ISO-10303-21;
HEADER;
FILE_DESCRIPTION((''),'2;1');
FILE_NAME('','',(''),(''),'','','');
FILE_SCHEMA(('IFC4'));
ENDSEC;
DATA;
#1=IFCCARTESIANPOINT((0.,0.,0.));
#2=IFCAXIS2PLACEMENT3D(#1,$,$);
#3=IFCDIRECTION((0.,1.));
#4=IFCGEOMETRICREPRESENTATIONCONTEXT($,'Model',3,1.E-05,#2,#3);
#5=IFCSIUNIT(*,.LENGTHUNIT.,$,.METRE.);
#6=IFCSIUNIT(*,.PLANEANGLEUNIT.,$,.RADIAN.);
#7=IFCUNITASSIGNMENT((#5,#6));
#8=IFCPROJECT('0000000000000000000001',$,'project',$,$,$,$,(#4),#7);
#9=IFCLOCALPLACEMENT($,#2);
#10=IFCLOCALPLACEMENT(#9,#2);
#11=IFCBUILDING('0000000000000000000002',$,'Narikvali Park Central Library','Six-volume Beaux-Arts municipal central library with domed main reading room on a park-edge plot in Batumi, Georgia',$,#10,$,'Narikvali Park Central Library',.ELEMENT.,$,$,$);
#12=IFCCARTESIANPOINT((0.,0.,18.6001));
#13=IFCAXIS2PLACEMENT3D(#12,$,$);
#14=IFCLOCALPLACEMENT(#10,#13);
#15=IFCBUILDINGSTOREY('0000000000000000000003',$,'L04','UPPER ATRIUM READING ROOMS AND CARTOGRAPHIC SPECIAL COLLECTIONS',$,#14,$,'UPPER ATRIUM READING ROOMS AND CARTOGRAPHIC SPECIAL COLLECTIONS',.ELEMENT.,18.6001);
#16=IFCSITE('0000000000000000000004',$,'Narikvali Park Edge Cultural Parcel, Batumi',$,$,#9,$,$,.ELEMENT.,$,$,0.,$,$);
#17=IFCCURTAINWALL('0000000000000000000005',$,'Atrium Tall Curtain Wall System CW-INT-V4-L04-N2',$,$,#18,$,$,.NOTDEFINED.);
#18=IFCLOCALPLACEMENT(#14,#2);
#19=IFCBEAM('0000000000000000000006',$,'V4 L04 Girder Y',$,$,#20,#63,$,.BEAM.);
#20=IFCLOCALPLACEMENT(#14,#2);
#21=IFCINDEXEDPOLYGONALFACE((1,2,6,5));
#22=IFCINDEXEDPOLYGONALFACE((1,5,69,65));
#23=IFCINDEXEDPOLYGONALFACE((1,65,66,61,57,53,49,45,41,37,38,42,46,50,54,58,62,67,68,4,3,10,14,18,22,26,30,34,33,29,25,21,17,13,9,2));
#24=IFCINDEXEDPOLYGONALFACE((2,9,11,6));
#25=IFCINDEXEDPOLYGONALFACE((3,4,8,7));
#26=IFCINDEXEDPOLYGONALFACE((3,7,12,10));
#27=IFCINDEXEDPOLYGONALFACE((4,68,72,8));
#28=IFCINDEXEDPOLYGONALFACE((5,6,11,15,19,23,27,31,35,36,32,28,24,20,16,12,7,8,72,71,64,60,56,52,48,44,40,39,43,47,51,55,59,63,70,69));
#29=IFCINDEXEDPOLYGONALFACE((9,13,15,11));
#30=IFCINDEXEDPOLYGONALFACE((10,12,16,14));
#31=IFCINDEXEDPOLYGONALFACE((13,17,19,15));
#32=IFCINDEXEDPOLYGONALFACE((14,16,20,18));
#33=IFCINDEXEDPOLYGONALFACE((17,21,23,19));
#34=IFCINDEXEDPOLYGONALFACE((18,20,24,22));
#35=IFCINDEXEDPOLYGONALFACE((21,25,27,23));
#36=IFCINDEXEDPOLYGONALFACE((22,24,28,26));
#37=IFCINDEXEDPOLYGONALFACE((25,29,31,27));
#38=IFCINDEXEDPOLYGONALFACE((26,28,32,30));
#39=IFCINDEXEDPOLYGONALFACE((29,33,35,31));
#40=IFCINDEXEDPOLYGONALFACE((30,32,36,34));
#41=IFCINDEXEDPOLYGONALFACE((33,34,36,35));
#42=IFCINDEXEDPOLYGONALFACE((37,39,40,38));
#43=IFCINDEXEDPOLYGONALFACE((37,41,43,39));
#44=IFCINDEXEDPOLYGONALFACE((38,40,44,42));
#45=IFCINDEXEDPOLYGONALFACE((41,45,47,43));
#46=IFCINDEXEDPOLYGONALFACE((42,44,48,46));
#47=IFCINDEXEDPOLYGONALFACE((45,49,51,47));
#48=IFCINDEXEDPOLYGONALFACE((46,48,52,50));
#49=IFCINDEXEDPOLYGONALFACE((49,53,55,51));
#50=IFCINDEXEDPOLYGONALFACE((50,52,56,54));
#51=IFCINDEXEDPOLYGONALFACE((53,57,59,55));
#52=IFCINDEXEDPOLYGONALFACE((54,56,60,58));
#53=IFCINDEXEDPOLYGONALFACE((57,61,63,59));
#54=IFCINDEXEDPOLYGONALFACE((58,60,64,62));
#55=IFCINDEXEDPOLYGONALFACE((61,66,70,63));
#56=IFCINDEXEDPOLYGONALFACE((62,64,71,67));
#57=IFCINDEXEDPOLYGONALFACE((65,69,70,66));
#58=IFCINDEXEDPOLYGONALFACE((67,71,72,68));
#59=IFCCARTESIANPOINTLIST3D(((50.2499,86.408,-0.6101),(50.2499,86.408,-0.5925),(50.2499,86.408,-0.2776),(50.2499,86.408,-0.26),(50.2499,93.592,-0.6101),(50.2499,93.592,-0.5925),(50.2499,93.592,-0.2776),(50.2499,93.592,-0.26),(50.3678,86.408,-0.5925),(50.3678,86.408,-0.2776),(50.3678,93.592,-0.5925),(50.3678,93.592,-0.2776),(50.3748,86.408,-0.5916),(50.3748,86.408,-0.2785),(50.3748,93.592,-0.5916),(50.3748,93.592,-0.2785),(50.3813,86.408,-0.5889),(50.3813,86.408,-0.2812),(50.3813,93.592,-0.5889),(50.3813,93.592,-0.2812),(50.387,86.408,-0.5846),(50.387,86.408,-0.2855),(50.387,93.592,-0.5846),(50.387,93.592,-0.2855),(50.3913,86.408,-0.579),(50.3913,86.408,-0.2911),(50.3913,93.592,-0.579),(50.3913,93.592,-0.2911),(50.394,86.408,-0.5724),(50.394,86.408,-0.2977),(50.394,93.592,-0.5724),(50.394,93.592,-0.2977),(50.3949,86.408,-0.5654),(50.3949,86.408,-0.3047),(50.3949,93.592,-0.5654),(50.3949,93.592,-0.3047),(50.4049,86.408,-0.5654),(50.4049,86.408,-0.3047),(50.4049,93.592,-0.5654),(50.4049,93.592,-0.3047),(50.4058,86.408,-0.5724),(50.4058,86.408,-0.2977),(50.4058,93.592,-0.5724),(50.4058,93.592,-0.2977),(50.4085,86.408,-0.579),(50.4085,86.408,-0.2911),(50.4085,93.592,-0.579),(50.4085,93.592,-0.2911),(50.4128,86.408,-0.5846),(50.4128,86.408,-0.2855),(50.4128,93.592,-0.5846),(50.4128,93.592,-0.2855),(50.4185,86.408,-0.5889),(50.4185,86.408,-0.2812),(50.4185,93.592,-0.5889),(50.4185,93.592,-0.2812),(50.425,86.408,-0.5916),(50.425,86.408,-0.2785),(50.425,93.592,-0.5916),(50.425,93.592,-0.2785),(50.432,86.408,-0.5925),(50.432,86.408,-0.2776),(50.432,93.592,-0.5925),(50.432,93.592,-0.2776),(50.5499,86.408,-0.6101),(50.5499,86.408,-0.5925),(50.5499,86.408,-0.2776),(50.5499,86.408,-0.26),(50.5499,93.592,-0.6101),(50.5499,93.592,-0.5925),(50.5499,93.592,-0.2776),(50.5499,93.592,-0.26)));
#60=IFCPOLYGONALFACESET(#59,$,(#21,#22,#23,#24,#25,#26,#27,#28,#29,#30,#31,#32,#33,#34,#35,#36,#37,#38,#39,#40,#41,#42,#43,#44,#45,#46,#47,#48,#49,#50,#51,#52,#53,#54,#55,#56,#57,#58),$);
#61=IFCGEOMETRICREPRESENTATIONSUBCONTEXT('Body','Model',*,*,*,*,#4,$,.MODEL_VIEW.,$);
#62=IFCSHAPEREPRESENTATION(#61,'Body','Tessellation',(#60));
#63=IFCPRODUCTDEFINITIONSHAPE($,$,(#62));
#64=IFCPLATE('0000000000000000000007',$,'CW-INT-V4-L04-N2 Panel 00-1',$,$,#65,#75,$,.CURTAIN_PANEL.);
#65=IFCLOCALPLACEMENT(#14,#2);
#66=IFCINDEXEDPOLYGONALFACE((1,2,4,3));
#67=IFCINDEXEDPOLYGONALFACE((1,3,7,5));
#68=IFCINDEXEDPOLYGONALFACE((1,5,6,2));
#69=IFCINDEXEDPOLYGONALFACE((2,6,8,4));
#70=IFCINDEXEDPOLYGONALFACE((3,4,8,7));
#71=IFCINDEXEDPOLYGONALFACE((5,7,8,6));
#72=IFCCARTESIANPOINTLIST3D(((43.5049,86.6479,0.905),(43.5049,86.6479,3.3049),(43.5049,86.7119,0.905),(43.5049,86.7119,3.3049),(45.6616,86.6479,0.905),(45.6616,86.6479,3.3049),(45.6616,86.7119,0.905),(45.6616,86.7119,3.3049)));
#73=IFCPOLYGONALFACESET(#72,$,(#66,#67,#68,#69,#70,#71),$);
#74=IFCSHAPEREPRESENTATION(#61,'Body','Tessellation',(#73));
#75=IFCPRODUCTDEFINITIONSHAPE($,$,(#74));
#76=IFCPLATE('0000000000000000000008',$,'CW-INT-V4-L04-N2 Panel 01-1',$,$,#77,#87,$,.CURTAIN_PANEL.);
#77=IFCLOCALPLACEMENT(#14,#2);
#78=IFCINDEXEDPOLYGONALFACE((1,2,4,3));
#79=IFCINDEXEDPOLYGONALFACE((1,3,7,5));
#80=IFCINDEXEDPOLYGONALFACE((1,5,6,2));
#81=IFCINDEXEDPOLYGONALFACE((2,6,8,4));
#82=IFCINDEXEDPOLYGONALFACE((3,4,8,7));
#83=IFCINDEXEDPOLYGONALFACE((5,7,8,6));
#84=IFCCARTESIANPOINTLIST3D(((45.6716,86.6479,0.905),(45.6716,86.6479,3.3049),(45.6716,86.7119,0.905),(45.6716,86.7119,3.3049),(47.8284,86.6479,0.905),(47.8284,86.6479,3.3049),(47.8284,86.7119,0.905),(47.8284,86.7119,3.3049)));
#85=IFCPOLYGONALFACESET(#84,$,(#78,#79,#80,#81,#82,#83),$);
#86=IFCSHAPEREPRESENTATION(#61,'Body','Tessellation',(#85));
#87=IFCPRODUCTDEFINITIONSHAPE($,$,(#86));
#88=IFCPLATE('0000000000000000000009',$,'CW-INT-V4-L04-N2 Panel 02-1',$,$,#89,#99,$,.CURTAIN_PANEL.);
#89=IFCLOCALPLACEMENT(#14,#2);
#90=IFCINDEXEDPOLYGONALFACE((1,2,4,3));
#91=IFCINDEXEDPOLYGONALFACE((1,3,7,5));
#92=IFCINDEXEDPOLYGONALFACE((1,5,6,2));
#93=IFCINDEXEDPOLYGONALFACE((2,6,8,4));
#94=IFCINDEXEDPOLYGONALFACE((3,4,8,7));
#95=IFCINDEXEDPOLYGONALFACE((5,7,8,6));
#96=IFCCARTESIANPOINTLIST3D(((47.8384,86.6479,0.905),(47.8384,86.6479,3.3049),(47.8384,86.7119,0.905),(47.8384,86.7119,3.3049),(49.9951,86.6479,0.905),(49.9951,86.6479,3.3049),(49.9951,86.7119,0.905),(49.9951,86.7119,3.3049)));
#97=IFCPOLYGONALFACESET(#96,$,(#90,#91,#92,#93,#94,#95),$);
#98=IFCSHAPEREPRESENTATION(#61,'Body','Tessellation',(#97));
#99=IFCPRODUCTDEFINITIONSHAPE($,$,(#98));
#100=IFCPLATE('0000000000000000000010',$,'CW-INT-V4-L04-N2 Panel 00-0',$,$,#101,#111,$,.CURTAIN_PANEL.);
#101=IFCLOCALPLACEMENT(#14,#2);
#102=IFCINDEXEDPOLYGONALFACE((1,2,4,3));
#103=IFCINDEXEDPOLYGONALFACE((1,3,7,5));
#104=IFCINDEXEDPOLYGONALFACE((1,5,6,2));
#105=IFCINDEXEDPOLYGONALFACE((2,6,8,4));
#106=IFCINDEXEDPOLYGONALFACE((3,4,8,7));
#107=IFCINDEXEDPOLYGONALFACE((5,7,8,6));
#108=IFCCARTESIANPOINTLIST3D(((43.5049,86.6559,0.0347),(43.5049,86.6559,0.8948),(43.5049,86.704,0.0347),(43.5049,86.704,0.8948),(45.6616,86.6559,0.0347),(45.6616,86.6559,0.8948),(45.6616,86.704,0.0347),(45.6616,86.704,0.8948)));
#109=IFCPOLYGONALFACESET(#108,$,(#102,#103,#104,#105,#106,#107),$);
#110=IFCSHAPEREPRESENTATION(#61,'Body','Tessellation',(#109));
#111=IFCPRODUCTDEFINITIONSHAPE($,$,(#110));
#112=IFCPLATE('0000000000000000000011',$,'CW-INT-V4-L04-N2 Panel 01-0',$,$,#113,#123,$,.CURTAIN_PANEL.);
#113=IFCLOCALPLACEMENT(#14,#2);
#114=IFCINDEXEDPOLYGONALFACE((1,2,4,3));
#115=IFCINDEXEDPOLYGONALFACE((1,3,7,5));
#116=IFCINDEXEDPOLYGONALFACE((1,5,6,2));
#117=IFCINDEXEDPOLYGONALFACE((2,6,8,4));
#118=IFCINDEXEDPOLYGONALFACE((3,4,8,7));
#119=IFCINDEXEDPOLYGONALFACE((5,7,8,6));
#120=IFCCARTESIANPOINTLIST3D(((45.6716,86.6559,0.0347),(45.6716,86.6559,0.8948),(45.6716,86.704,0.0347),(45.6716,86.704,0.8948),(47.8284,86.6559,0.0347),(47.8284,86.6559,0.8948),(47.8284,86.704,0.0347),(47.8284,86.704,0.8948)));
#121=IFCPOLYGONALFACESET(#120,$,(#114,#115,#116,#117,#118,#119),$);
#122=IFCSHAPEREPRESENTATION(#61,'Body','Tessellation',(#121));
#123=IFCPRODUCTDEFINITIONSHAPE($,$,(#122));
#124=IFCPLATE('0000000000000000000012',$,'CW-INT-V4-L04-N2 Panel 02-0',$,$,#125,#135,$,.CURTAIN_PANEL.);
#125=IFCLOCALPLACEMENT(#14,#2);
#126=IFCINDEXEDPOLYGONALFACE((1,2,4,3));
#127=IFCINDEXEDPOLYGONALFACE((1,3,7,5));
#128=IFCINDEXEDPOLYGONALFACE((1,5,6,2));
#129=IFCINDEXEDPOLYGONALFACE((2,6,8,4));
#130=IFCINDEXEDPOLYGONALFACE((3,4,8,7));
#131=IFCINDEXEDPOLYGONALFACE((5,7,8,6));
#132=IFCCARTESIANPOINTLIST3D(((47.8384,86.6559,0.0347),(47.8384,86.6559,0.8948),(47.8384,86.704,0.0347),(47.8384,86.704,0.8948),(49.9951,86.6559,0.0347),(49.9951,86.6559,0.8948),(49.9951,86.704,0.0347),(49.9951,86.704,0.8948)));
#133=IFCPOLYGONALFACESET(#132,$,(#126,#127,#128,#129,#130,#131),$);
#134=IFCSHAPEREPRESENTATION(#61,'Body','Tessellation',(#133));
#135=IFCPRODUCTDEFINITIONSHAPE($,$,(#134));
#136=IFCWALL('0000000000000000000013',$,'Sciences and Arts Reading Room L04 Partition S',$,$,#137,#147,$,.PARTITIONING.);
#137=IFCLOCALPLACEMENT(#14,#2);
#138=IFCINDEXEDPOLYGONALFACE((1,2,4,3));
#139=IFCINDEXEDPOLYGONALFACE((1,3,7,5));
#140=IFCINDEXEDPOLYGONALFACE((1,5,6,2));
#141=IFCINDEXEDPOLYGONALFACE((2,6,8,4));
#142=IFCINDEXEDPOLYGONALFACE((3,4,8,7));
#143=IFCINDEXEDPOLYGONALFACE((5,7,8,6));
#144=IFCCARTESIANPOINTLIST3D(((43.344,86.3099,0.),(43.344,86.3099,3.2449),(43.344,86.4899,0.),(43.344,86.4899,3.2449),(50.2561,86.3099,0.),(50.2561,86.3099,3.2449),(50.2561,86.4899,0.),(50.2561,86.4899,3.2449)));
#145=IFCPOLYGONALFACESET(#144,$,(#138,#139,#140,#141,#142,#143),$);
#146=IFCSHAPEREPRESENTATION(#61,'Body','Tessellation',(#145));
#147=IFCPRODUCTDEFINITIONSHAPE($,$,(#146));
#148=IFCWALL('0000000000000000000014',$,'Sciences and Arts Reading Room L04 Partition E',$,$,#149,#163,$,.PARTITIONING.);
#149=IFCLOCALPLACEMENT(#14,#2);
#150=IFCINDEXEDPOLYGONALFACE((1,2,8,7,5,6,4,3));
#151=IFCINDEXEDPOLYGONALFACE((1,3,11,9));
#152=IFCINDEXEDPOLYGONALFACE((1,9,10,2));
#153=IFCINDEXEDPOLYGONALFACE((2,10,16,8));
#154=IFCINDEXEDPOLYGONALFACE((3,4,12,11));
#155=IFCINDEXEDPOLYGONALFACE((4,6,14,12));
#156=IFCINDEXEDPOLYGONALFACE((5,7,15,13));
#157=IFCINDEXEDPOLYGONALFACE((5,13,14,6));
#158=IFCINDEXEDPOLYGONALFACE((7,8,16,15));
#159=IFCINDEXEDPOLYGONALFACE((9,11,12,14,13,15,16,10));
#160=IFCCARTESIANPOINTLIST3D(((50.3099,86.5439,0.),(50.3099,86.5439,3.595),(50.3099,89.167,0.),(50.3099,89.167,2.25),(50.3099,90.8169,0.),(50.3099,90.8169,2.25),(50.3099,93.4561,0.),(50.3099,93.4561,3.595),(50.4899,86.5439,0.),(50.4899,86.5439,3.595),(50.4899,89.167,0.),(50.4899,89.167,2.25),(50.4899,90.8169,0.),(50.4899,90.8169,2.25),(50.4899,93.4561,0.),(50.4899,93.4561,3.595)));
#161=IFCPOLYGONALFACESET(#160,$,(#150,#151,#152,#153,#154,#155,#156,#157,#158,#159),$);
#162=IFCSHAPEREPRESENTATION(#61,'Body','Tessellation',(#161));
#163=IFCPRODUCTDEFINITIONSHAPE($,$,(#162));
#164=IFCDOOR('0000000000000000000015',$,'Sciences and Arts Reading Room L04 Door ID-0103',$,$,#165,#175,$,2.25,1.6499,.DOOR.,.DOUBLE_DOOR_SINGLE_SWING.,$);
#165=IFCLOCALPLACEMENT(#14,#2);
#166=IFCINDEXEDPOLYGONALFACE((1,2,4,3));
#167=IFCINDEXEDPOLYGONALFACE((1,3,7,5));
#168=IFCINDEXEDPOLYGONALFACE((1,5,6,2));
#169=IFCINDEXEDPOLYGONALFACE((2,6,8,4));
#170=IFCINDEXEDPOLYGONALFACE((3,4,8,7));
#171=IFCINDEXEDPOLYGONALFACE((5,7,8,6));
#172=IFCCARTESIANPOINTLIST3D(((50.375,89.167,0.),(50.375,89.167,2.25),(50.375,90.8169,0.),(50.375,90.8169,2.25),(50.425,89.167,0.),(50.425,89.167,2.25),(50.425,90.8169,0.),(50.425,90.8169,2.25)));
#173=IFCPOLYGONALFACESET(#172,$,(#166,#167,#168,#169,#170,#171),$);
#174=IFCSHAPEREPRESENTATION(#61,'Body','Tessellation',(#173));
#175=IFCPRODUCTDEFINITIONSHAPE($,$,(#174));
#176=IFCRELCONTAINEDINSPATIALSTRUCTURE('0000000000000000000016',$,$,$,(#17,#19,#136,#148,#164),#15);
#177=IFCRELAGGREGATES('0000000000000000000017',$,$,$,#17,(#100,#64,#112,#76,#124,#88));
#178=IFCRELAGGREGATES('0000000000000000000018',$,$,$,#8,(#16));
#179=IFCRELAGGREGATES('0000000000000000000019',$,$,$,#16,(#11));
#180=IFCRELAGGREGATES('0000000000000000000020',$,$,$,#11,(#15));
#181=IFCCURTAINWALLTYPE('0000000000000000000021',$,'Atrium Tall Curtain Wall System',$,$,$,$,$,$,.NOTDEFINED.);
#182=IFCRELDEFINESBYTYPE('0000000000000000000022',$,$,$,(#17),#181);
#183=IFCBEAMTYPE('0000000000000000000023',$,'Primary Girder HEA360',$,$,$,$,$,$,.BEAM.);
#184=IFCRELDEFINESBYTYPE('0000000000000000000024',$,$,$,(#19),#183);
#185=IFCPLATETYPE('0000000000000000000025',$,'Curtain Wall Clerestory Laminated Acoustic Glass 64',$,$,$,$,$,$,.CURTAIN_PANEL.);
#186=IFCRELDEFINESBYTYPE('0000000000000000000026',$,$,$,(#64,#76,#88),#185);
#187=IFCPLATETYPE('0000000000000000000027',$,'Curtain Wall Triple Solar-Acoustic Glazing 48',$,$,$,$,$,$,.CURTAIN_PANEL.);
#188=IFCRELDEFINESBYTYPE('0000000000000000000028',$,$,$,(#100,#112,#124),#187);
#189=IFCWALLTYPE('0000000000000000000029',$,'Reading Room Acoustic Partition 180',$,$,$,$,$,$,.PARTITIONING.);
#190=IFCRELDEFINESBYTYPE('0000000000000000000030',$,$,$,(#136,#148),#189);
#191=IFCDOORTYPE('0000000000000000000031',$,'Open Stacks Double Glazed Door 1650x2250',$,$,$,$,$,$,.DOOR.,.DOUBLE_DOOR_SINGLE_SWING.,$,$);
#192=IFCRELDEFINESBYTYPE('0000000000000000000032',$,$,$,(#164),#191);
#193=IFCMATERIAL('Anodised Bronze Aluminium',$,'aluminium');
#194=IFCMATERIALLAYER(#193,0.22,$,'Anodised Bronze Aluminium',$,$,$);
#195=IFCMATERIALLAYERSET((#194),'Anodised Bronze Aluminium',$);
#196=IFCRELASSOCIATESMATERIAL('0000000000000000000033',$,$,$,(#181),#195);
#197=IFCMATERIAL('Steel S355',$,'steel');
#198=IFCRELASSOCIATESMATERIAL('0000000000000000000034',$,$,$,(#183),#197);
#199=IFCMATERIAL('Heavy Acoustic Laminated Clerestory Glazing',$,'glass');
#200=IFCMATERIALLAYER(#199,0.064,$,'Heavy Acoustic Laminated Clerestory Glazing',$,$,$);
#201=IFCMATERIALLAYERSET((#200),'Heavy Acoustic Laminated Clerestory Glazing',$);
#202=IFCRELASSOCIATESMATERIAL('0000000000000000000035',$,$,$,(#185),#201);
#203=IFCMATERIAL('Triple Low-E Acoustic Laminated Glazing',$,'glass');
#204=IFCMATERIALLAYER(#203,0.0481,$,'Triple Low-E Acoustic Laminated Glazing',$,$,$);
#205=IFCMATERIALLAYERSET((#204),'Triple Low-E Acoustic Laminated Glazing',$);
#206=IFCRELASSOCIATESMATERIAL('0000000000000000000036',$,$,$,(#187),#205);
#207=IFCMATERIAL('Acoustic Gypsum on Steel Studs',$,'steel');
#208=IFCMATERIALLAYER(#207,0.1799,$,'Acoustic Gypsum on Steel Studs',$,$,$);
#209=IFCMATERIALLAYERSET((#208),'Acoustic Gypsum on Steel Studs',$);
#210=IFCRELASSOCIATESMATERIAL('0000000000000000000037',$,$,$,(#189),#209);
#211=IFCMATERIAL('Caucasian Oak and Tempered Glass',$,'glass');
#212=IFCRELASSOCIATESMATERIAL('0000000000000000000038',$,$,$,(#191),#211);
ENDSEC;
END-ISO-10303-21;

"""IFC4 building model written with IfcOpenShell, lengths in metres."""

from ifc_helpers import new_model, si_unit, direction, frame, frame_2d, origin, origin_2d, place, context, subcontext, project, spatial, rectangle, i_section, extrude, material, layer, layer_set, material_profile, profile_set, type_object, element, fill, aggregate, save


model = new_model("IFC4")

# Units and contexts
model_context = context("Model", 3, precision=1e-05, world=origin(), true_north=direction((0.0, 1.0)))
body_context = subcontext(model_context, "Body", "Model", "MODEL_VIEW")
ifc_project = project(units=[si_unit("LENGTHUNIT", "METRE"), si_unit("PLANEANGLEUNIT", "RADIAN")], contexts=[model_context])

# Site, building, storey
site_placement = place(None, origin())
site = spatial("IfcSite", under=ifc_project, at=site_placement, Name="Narikvali Park Edge Cultural Parcel, Batumi", CompositionType="ELEMENT", RefElevation=0.0)
building_placement = place(site_placement, origin())
building = spatial("IfcBuilding", under=site, at=building_placement, Name="Narikvali Park Central Library", Description="Six-volume Beaux-Arts municipal central library with domed main reading room on a park-edge plot in Batumi, Georgia", LongName="Narikvali Park Central Library", CompositionType="ELEMENT")
storey_placement = place(building_placement, frame((0.0, 0.0, 18.6001)))
storey = spatial("IfcBuildingStorey", under=building, at=storey_placement, Name="L04", Description="UPPER ATRIUM READING ROOMS AND CARTOGRAPHIC SPECIAL COLLECTIONS", LongName="UPPER ATRIUM READING ROOMS AND CARTOGRAPHIC SPECIAL COLLECTIONS", CompositionType="ELEMENT", Elevation=18.6001)

# Shared definitions
ifc_material_1 = material(Name="Steel S355", Category="steel")

# Curtain wall
ifc_material_2 = material(Name="Anodised Bronze Aluminium", Category="aluminium")
ifc_layer_1 = layer(ifc_material_2, 0.22, Name="Anodised Bronze Aluminium")
ifc_layer_set_1 = layer_set([ifc_layer_1], Name="Anodised Bronze Aluminium")
curtain_wall_type = type_object("IfcCurtainWallType", Name="Atrium Tall Curtain Wall System", PredefinedType="NOTDEFINED", material=ifc_layer_set_1)
curtain_wall_1_placement = place(storey_placement, origin())
curtain_wall_1 = element("IfcCurtainWall", 1, at=curtain_wall_1_placement, inside=storey, type_object=curtain_wall_type, Name="Atrium Tall Curtain Wall System CW-INT-V4-L04-N2", PredefinedType="NOTDEFINED")

# Beam
ifc_material_profile_1 = material_profile(ifc_material_1, i_section(OverallWidth=0.3, OverallDepth=0.3501, WebThickness=0.01, FlangeThickness=0.0176, FilletRadius=0.0271, at=origin_2d()), Name="HEA 360")
ifc_profile_set_1 = profile_set([ifc_material_profile_1], Name="Steel S355")
beam_type_1 = type_object("IfcBeamType", Name="Primary Girder HEA360", PredefinedType="BEAM", material=ifc_profile_set_1)
for number, where, z_axis, x_axis, name in (
    (2, (50.3999, 86.408, -0.4351), (0.0, 1.0, 0.0), (-1.0, 0.0, 0.0), "V4 L04 Girder Y"),
):
    element("IfcBeam", number, at=place(storey_placement, frame(where, z_axis=z_axis, x_axis=x_axis)), inside=storey, type_object=beam_type_1, Name=name, PredefinedType="BEAM", context=body_context, shape_type="SweptSolid", body=[
        extrude(i_section(OverallWidth=0.3, OverallDepth=0.3501, WebThickness=0.01, FlangeThickness=0.0176, FilletRadius=0.0271, at=origin_2d()), origin(), (0.0, 0.0, 1.0), 7.1841),
    ])

# Plates
ifc_material_3 = material(Name="Heavy Acoustic Laminated Clerestory Glazing", Category="glass")
ifc_layer_2 = layer(ifc_material_3, 0.064, Name="Heavy Acoustic Laminated Clerestory Glazing")
ifc_layer_set_2 = layer_set([ifc_layer_2], Name="Heavy Acoustic Laminated Clerestory Glazing")
plate_type_1 = type_object("IfcPlateType", Name="Curtain Wall Clerestory Laminated Acoustic Glass 64", PredefinedType="CURTAIN_PANEL", material=ifc_layer_set_2)
plate_1_placement = place(storey_placement, frame((44.5833, 86.6799, 0.905), z_axis=(0.0, 0.0, 1.0), x_axis=(1.0, 0.0, 0.0)))
plate_1 = element("IfcPlate", 3, at=plate_1_placement, type_object=plate_type_1, Name="CW-INT-V4-L04-N2 Panel 00-1", PredefinedType="CURTAIN_PANEL", context=body_context, shape_type="SweptSolid", body=[
    extrude(rectangle(XDim=2.1567, YDim=0.064, at=origin_2d()), origin(), (0.0, 0.0, 1.0), 2.3999),
])
plate_2_placement = place(storey_placement, frame((46.75, 86.6799, 0.905), z_axis=(0.0, 0.0, 1.0), x_axis=(1.0, 0.0, 0.0)))
plate_2 = element("IfcPlate", 4, at=plate_2_placement, type_object=plate_type_1, Name="CW-INT-V4-L04-N2 Panel 01-1", PredefinedType="CURTAIN_PANEL", context=body_context, shape_type="SweptSolid", body=[
    extrude(rectangle(XDim=2.1567, YDim=0.064, at=origin_2d()), origin(), (0.0, 0.0, 1.0), 2.3999),
])
plate_3_placement = place(storey_placement, frame((48.9167, 86.6799, 0.905), z_axis=(0.0, 0.0, 1.0), x_axis=(1.0, 0.0, 0.0)))
plate_3 = element("IfcPlate", 5, at=plate_3_placement, type_object=plate_type_1, Name="CW-INT-V4-L04-N2 Panel 02-1", PredefinedType="CURTAIN_PANEL", context=body_context, shape_type="SweptSolid", body=[
    extrude(rectangle(XDim=2.1567, YDim=0.064, at=origin_2d()), origin(), (0.0, 0.0, 1.0), 2.3999),
])
ifc_material_4 = material(Name="Triple Low-E Acoustic Laminated Glazing", Category="glass")
ifc_layer_3 = layer(ifc_material_4, 0.0481, Name="Triple Low-E Acoustic Laminated Glazing")
ifc_layer_set_3 = layer_set([ifc_layer_3], Name="Triple Low-E Acoustic Laminated Glazing")
plate_type_2 = type_object("IfcPlateType", Name="Curtain Wall Triple Solar-Acoustic Glazing 48", PredefinedType="CURTAIN_PANEL", material=ifc_layer_set_3)
plate_4_placement = place(storey_placement, frame((44.5833, 86.6799, 0.0347), z_axis=(0.0, 0.0, 1.0), x_axis=(1.0, 0.0, 0.0)))
plate_4 = element("IfcPlate", 6, at=plate_4_placement, type_object=plate_type_2, Name="CW-INT-V4-L04-N2 Panel 00-0", PredefinedType="CURTAIN_PANEL", context=body_context, shape_type="SweptSolid", body=[
    extrude(rectangle(XDim=2.1567, YDim=0.0481, at=origin_2d()), origin(), (0.0, 0.0, 1.0), 0.8601),
])
plate_5_placement = place(storey_placement, frame((46.75, 86.6799, 0.0347), z_axis=(0.0, 0.0, 1.0), x_axis=(1.0, 0.0, 0.0)))
plate_5 = element("IfcPlate", 7, at=plate_5_placement, type_object=plate_type_2, Name="CW-INT-V4-L04-N2 Panel 01-0", PredefinedType="CURTAIN_PANEL", context=body_context, shape_type="SweptSolid", body=[
    extrude(rectangle(XDim=2.1567, YDim=0.0481, at=origin_2d()), origin(), (0.0, 0.0, 1.0), 0.8601),
])
plate_6_placement = place(storey_placement, frame((48.9167, 86.6799, 0.0347), z_axis=(0.0, 0.0, 1.0), x_axis=(1.0, 0.0, 0.0)))
plate_6 = element("IfcPlate", 8, at=plate_6_placement, type_object=plate_type_2, Name="CW-INT-V4-L04-N2 Panel 02-0", PredefinedType="CURTAIN_PANEL", context=body_context, shape_type="SweptSolid", body=[
    extrude(rectangle(XDim=2.1567, YDim=0.0481, at=origin_2d()), origin(), (0.0, 0.0, 1.0), 0.8601),
])
aggregate(curtain_wall_1, [plate_4, plate_1, plate_5, plate_2, plate_6, plate_3])

# Wall
ifc_material_5 = material(Name="Acoustic Gypsum on Steel Studs", Category="steel")
ifc_layer_4 = layer(ifc_material_5, 0.1799, Name="Acoustic Gypsum on Steel Studs")
ifc_layer_set_4 = layer_set([ifc_layer_4], Name="Acoustic Gypsum on Steel Studs")
wall_type = type_object("IfcWallType", Name="Reading Room Acoustic Partition 180", PredefinedType="PARTITIONING", material=ifc_layer_set_4)
wall_1_placement = place(storey_placement, frame((43.344, 86.3999, 0.0), z_axis=(0.0, 0.0, 1.0), x_axis=(1.0, 0.0, 0.0)))
element("IfcWall", 9, at=wall_1_placement, inside=storey, type_object=wall_type, Name="Sciences and Arts Reading Room L04 Partition S", PredefinedType="PARTITIONING", context=body_context, shape_type="SweptSolid", body=[
    extrude(rectangle(XDim=6.9121, YDim=0.1799, at=frame_2d((3.4561, 0.0))), origin(), (0.0, 0.0, 1.0), 3.2449),
])

# Wall, opening, door
wall_2_placement = place(storey_placement, frame((50.3999, 86.5439, 0.0), z_axis=(0.0, 0.0, 1.0), x_axis=(0.0, 1.0, 0.0)))
wall_2 = element("IfcWall", 10, at=wall_2_placement, inside=storey, type_object=wall_type, Name="Sciences and Arts Reading Room L04 Partition E", PredefinedType="PARTITIONING", context=body_context, shape_type="SweptSolid", body=[
    extrude(rectangle(XDim=6.9121, YDim=0.1799, at=frame_2d((3.4561, 0.0))), origin(), (0.0, 0.0, 1.0), 3.595),
])
opening_placement = place(wall_2_placement, frame((2.623, 0.0, 0.0)))
opening = element("IfcOpeningElement", 11, at=opening_placement, cuts=wall_2, PredefinedType="OPENING", context=body_context, shape_type="SweptSolid", body=[
    extrude(rectangle(XDim=1.6499, YDim=2.25, at=frame_2d((0.825, 1.125))), frame((0.0, 0.1021, 0.0), z_axis=(0.0, -1.0, 0.0), x_axis=(1.0, 0.0, 0.0)), (0.0, 0.0, 1.0), 0.2039),
])
ifc_material_6 = material(Name="Caucasian Oak and Tempered Glass", Category="glass")
door_type = type_object("IfcDoorType", Name="Open Stacks Double Glazed Door 1650x2250", OperationType="DOUBLE_DOOR_SINGLE_SWING", PredefinedType="DOOR", material=ifc_material_6)
door_placement = place(opening_placement, origin())
door = element("IfcDoor", 12, at=door_placement, inside=storey, type_object=door_type, Name="Sciences and Arts Reading Room L04 Door ID-0103", OperationType="DOUBLE_DOOR_SINGLE_SWING", OverallHeight=2.25, OverallWidth=1.6499, PredefinedType="DOOR", context=body_context, shape_type="SweptSolid", body=[
    extrude(rectangle(XDim=1.6499, YDim=2.25, at=frame_2d((0.825, 1.125))), frame((0.0, 0.0249, 0.0), z_axis=(0.0, -1.0, 0.0), x_axis=(1.0, 0.0, 0.0)), (0.0, 0.0, 1.0), 0.05),
])
fill(opening, door)

save(model, "model.ifc")
